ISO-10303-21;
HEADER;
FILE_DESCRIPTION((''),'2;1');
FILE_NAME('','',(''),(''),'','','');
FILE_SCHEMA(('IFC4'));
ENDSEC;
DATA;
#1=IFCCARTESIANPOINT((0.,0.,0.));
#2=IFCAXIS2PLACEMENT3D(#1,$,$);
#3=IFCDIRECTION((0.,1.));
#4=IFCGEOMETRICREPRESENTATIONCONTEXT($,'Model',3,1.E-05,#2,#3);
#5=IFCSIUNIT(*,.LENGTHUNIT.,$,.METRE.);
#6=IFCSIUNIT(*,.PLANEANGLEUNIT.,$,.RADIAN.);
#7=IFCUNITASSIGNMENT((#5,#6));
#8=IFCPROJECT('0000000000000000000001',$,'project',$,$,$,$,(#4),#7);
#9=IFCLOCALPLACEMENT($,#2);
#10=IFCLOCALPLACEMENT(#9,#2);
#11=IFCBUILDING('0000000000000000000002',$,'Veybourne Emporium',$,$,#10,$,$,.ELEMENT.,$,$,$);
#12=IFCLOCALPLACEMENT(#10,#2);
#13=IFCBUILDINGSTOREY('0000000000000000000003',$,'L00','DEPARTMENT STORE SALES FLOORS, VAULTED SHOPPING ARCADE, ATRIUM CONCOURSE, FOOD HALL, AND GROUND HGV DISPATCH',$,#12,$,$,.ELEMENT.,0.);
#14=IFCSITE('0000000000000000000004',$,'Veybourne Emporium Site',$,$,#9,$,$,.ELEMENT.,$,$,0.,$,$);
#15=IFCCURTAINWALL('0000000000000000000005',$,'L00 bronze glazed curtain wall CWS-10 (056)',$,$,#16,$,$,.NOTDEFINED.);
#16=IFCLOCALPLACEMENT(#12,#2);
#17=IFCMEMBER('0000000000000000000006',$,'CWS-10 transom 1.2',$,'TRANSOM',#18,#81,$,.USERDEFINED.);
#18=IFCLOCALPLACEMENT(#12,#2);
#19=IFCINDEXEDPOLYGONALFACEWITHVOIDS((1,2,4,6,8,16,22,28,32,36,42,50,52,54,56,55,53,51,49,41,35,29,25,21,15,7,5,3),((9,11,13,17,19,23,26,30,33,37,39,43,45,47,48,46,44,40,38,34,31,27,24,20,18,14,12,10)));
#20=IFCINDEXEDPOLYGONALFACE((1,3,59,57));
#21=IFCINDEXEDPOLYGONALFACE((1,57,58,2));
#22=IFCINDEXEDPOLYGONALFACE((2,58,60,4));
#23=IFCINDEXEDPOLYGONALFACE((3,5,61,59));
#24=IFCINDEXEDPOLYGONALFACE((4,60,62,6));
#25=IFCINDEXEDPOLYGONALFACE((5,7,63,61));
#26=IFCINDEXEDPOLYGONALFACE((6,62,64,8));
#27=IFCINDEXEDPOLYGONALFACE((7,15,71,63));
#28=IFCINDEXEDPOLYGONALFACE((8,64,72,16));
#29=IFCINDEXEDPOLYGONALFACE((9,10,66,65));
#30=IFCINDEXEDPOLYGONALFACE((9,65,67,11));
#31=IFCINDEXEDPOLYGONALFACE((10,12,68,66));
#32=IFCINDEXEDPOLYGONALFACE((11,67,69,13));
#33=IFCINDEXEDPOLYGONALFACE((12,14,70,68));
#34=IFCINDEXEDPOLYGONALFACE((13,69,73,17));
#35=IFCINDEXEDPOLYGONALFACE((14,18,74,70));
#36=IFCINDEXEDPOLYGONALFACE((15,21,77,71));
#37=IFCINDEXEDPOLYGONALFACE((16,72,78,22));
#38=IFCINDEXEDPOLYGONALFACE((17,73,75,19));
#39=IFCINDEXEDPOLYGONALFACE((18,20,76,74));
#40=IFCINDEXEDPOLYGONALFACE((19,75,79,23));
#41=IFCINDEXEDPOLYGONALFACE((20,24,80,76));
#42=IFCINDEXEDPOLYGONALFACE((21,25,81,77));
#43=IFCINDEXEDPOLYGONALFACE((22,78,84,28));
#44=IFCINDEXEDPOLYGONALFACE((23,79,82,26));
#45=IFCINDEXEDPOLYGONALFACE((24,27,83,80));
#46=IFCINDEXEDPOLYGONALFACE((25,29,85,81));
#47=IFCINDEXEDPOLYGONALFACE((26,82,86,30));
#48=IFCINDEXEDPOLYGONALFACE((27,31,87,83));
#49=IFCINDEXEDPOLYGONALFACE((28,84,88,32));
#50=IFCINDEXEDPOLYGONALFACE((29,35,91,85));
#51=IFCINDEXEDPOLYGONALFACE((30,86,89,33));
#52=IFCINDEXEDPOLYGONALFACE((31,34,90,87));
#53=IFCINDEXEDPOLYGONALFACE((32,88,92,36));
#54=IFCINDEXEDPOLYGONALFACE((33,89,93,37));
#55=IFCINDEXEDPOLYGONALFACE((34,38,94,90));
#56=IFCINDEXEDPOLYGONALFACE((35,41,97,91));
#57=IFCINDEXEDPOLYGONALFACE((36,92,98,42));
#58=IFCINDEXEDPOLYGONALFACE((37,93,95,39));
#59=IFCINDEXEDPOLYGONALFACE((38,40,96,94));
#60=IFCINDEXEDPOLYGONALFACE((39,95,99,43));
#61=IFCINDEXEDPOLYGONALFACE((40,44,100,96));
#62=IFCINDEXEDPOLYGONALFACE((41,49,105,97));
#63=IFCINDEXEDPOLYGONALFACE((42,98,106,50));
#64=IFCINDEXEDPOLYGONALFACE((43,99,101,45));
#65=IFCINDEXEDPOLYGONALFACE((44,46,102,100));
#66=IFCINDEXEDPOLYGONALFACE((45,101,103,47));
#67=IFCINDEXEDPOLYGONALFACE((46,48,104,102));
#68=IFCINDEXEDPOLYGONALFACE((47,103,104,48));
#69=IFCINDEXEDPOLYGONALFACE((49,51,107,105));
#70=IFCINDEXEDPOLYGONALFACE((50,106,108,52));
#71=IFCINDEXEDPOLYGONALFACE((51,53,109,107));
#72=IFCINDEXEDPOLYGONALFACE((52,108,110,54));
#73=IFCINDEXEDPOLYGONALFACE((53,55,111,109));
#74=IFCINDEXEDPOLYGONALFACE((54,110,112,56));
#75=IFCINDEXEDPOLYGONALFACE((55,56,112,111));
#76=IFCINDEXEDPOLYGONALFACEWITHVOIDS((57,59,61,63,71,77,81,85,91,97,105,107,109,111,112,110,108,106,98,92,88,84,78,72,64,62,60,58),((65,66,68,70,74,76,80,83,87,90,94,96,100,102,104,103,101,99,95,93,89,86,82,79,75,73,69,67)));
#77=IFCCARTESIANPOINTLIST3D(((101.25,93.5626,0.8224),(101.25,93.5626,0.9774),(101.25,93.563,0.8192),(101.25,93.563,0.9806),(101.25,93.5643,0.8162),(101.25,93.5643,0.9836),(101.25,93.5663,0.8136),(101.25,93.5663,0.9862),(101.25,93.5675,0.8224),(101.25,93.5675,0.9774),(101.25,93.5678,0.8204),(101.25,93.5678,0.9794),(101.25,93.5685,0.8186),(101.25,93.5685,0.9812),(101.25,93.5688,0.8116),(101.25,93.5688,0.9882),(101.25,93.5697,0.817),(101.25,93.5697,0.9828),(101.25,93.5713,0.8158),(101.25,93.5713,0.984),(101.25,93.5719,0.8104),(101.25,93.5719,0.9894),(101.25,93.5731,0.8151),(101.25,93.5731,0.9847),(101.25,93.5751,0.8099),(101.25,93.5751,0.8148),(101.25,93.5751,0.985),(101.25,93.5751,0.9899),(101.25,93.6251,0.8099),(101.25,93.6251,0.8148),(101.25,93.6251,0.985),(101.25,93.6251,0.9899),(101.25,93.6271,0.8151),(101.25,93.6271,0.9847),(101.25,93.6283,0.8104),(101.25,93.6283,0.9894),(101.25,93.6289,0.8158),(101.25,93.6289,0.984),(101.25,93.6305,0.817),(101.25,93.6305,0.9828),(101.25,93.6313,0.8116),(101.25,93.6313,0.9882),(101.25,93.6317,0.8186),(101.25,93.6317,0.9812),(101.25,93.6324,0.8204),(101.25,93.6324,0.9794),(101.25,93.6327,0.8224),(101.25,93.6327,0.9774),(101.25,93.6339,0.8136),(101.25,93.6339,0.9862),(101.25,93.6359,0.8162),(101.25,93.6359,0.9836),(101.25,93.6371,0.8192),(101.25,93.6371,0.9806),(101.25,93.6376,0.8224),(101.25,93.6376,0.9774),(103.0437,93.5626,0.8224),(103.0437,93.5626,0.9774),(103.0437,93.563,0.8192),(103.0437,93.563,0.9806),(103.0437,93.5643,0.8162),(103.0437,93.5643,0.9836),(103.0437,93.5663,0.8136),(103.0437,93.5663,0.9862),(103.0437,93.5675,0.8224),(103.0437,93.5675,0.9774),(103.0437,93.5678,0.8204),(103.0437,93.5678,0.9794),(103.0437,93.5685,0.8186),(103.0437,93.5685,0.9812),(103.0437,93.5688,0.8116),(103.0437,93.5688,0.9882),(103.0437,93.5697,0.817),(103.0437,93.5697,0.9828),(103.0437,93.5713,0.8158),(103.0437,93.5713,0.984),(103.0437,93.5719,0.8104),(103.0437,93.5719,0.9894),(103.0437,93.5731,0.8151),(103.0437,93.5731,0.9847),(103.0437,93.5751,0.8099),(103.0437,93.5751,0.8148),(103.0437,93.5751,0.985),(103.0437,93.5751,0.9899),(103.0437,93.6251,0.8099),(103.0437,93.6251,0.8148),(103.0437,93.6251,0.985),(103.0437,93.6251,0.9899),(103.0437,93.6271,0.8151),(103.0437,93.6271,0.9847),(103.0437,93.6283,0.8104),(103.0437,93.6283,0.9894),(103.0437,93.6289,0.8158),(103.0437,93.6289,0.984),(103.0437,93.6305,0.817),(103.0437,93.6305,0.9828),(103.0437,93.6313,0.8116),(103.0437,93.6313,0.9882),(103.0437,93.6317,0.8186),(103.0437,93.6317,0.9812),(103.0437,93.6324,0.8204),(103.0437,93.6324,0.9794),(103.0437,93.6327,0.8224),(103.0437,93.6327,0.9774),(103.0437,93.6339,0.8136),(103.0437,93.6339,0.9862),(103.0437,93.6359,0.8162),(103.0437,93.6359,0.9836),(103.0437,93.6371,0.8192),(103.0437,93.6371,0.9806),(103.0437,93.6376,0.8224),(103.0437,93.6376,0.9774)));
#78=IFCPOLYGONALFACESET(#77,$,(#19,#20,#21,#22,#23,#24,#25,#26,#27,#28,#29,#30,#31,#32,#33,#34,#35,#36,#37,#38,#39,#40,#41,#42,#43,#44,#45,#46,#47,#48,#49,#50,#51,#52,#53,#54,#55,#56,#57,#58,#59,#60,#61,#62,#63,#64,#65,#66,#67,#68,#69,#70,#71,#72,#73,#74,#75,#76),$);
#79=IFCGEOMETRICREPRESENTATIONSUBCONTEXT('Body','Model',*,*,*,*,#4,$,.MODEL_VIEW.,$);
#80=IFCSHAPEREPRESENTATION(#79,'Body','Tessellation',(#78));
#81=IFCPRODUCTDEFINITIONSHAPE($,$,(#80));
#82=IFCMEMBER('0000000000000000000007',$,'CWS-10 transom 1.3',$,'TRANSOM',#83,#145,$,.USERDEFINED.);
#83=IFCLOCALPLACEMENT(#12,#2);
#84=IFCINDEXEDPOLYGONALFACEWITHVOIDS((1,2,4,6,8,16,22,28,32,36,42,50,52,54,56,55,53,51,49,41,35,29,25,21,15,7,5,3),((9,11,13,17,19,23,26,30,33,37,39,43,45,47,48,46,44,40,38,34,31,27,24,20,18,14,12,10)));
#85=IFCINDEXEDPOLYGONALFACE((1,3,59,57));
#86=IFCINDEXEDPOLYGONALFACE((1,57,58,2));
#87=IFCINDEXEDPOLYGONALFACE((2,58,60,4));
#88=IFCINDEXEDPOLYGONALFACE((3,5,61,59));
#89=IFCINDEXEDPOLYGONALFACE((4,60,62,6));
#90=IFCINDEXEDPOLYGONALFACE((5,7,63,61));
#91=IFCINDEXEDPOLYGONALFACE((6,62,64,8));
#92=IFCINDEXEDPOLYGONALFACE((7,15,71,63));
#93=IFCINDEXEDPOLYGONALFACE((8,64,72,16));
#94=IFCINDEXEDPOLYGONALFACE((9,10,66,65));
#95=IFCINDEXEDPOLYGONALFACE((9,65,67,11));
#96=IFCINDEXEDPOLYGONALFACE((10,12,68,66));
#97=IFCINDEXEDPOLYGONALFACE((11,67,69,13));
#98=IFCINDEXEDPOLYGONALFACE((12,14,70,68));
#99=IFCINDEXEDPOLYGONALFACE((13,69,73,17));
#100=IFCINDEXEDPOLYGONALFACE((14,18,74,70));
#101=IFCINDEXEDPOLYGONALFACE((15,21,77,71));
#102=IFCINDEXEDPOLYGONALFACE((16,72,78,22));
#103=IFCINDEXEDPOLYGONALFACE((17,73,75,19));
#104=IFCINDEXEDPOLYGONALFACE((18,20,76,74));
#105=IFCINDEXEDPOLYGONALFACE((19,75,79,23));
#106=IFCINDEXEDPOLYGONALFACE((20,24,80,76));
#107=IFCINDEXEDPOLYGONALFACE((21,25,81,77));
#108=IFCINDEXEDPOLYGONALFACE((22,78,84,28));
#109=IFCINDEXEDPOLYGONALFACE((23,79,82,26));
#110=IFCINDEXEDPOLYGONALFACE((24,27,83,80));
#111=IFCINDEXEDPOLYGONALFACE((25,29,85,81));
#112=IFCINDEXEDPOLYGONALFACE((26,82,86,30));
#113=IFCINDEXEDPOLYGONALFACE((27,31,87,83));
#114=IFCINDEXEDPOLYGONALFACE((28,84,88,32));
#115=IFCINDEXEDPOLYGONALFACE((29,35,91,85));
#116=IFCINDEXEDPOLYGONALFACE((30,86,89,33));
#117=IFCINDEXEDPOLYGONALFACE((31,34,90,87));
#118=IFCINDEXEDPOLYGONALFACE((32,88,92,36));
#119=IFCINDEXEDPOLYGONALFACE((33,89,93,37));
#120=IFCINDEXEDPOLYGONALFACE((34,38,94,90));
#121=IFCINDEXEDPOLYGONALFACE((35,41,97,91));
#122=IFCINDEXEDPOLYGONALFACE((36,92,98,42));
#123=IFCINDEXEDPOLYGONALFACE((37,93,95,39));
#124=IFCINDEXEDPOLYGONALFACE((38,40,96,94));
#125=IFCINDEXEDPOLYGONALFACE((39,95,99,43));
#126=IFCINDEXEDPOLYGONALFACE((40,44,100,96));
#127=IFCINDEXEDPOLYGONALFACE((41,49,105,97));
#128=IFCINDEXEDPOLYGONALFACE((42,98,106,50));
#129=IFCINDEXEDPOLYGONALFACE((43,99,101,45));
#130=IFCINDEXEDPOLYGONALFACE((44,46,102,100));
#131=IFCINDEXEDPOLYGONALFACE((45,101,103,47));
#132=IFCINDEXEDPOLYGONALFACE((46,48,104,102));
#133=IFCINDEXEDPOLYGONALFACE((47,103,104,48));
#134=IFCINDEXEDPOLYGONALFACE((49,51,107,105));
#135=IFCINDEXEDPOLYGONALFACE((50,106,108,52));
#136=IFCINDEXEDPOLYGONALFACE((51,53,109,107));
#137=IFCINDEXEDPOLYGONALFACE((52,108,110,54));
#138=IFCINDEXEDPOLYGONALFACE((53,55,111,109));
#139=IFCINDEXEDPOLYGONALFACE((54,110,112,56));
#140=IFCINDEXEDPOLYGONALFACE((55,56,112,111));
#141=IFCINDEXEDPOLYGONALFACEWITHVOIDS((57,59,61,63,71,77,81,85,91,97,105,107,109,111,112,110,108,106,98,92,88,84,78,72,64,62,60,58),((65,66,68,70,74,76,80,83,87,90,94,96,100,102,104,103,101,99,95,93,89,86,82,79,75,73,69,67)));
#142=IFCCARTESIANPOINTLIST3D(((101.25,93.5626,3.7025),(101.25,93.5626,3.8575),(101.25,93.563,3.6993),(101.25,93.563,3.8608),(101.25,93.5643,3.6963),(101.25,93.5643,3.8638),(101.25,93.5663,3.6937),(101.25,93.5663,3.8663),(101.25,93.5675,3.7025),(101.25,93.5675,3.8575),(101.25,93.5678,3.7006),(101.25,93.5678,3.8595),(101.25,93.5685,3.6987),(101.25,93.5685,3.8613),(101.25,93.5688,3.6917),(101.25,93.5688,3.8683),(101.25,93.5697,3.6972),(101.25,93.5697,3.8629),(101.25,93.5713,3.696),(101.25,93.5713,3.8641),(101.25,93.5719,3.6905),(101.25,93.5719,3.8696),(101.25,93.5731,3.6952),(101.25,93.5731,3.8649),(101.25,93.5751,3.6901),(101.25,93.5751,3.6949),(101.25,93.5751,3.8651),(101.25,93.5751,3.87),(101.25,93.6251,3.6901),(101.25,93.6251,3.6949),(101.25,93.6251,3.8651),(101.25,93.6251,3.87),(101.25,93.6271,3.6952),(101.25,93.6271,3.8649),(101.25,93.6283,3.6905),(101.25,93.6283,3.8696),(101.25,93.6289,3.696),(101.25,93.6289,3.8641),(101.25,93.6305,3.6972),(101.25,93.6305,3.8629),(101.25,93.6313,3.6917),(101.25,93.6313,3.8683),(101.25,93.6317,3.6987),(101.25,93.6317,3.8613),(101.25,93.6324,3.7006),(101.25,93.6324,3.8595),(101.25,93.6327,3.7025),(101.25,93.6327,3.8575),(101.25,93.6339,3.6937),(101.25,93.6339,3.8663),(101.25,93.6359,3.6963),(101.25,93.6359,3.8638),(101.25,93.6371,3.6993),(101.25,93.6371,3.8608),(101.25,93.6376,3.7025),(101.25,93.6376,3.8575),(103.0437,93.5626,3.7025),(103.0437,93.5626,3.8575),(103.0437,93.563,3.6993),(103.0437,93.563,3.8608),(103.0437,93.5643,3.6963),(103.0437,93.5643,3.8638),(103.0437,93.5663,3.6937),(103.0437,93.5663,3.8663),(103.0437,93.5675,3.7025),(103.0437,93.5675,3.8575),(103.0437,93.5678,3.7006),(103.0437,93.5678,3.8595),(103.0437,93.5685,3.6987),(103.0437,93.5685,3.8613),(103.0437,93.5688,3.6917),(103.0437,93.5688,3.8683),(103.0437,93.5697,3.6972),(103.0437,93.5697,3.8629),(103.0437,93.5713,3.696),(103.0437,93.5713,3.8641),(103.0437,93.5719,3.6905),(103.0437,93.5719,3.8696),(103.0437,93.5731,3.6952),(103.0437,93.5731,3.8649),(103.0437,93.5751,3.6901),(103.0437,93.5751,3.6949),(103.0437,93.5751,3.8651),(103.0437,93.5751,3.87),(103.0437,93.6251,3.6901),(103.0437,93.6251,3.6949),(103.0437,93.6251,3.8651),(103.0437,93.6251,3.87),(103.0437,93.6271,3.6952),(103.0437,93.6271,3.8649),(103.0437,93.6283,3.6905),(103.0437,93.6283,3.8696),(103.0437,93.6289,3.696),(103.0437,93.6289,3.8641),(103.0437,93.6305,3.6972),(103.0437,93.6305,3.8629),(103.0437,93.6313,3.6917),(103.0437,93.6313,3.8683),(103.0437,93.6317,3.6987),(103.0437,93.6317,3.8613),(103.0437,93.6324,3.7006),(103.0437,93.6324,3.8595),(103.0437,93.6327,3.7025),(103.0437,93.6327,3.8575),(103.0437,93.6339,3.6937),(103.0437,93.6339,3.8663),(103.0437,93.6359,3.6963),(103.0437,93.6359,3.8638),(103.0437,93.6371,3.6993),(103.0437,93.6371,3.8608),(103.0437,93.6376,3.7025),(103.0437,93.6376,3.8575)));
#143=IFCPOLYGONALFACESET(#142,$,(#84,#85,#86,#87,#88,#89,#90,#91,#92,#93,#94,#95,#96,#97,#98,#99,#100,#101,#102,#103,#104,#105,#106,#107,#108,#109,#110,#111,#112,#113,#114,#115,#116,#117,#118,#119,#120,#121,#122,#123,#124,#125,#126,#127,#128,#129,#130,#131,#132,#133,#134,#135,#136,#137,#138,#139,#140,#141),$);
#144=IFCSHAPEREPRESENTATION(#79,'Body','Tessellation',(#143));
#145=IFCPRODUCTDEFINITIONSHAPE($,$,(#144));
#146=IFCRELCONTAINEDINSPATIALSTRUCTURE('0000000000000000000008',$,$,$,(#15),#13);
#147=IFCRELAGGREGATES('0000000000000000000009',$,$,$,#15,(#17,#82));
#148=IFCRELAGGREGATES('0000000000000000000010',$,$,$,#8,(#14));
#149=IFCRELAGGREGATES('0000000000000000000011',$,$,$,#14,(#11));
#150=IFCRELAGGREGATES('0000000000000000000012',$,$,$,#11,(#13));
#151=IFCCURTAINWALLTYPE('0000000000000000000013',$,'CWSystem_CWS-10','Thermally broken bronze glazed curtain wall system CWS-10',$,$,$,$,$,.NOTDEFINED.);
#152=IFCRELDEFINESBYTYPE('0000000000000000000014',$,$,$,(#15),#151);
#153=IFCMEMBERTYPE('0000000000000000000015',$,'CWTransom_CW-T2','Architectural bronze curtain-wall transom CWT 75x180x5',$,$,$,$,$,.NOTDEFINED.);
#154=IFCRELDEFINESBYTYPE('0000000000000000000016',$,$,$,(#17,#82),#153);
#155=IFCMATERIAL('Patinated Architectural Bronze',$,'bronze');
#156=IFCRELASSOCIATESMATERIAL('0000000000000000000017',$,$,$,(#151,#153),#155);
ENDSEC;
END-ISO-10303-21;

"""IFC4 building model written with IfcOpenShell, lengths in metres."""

from ifc_helpers import new_model, si_unit, direction, frame, origin, origin_2d, place, context, subcontext, project, spatial, hollow_rectangle, extrude, material, material_profile, profile_set, type_object, element, aggregate, save


model = new_model("IFC4")

# Units and contexts
model_context = context("Model", 3, precision=1e-05, world=origin(), true_north=direction((0.0, 1.0)))
body_context = subcontext(model_context, "Body", "Model", "MODEL_VIEW")
ifc_project = project(units=[si_unit("LENGTHUNIT", "METRE"), si_unit("PLANEANGLEUNIT", "RADIAN")], contexts=[model_context])

# Site, building, storey
site_placement = place(None, origin())
site = spatial("IfcSite", under=ifc_project, at=site_placement, Name="Veybourne Emporium Site", CompositionType="ELEMENT", RefElevation=0.0)
building_placement = place(site_placement, origin())
building = spatial("IfcBuilding", under=site, at=building_placement, Name="Veybourne Emporium", CompositionType="ELEMENT")
storey_placement = place(building_placement, origin())
storey = spatial("IfcBuildingStorey", under=building, at=storey_placement, Name="L00", Description="DEPARTMENT STORE SALES FLOORS, VAULTED SHOPPING ARCADE, ATRIUM CONCOURSE, FOOD HALL, AND GROUND HGV DISPATCH", CompositionType="ELEMENT", Elevation=0.0)

# Curtain wall, members
ifc_material_1 = material(Name="Patinated Architectural Bronze", Category="bronze")
curtain_wall_type = type_object("IfcCurtainWallType", Name="CWSystem_CWS-10", Description="Thermally broken bronze glazed curtain wall system CWS-10", PredefinedType="NOTDEFINED", material=ifc_material_1)
curtain_wall_placement = place(storey_placement, origin())
curtain_wall = element("IfcCurtainWall", 1, at=curtain_wall_placement, inside=storey, type_object=curtain_wall_type, Name="L00 bronze glazed curtain wall CWS-10 (056)", PredefinedType="NOTDEFINED")
ifc_material_profile_1 = material_profile(ifc_material_1, hollow_rectangle(XDim=0.075, YDim=0.1799, WallThickness=0.0049, InnerFilletRadius=0.0076, OuterFilletRadius=0.0125, at=origin_2d()), Name="CWT 75x180x5")
ifc_profile_set_1 = profile_set([ifc_material_profile_1], Name="Patinated Architectural Bronze")
member_type_1 = type_object("IfcMemberType", Name="CWTransom_CW-T2", Description="Architectural bronze curtain-wall transom CWT 75x180x5", PredefinedType="NOTDEFINED", material=ifc_profile_set_1)
member_1_placement = place(storey_placement, frame((101.25, 93.6001, 0.8999), z_axis=(1.0, 0.0, 0.0), x_axis=(0.0, 1.0, 0.0)))
member_1 = element("IfcMember", 2, at=member_1_placement, type_object=member_type_1, Name="CWS-10 transom 1.2", ObjectType="TRANSOM", PredefinedType="USERDEFINED", context=body_context, shape_type="SweptSolid", body=[
    extrude(hollow_rectangle(XDim=0.075, YDim=0.1799, WallThickness=0.0049, InnerFilletRadius=0.0076, OuterFilletRadius=0.0125, at=origin_2d()), origin(), (0.0, 0.0, 1.0), 1.7937),
])
member_2_placement = place(storey_placement, frame((101.25, 93.6001, 3.78), z_axis=(1.0, 0.0, 0.0), x_axis=(0.0, 1.0, 0.0)))
member_2 = element("IfcMember", 3, at=member_2_placement, type_object=member_type_1, Name="CWS-10 transom 1.3", ObjectType="TRANSOM", PredefinedType="USERDEFINED", context=body_context, shape_type="SweptSolid", body=[
    extrude(hollow_rectangle(XDim=0.075, YDim=0.1799, WallThickness=0.0049, InnerFilletRadius=0.0076, OuterFilletRadius=0.0125, at=origin_2d()), origin(), (0.0, 0.0, 1.0), 1.7937),
])

aggregate(curtain_wall, [member_1, member_2])

save(model, "model.ifc")
